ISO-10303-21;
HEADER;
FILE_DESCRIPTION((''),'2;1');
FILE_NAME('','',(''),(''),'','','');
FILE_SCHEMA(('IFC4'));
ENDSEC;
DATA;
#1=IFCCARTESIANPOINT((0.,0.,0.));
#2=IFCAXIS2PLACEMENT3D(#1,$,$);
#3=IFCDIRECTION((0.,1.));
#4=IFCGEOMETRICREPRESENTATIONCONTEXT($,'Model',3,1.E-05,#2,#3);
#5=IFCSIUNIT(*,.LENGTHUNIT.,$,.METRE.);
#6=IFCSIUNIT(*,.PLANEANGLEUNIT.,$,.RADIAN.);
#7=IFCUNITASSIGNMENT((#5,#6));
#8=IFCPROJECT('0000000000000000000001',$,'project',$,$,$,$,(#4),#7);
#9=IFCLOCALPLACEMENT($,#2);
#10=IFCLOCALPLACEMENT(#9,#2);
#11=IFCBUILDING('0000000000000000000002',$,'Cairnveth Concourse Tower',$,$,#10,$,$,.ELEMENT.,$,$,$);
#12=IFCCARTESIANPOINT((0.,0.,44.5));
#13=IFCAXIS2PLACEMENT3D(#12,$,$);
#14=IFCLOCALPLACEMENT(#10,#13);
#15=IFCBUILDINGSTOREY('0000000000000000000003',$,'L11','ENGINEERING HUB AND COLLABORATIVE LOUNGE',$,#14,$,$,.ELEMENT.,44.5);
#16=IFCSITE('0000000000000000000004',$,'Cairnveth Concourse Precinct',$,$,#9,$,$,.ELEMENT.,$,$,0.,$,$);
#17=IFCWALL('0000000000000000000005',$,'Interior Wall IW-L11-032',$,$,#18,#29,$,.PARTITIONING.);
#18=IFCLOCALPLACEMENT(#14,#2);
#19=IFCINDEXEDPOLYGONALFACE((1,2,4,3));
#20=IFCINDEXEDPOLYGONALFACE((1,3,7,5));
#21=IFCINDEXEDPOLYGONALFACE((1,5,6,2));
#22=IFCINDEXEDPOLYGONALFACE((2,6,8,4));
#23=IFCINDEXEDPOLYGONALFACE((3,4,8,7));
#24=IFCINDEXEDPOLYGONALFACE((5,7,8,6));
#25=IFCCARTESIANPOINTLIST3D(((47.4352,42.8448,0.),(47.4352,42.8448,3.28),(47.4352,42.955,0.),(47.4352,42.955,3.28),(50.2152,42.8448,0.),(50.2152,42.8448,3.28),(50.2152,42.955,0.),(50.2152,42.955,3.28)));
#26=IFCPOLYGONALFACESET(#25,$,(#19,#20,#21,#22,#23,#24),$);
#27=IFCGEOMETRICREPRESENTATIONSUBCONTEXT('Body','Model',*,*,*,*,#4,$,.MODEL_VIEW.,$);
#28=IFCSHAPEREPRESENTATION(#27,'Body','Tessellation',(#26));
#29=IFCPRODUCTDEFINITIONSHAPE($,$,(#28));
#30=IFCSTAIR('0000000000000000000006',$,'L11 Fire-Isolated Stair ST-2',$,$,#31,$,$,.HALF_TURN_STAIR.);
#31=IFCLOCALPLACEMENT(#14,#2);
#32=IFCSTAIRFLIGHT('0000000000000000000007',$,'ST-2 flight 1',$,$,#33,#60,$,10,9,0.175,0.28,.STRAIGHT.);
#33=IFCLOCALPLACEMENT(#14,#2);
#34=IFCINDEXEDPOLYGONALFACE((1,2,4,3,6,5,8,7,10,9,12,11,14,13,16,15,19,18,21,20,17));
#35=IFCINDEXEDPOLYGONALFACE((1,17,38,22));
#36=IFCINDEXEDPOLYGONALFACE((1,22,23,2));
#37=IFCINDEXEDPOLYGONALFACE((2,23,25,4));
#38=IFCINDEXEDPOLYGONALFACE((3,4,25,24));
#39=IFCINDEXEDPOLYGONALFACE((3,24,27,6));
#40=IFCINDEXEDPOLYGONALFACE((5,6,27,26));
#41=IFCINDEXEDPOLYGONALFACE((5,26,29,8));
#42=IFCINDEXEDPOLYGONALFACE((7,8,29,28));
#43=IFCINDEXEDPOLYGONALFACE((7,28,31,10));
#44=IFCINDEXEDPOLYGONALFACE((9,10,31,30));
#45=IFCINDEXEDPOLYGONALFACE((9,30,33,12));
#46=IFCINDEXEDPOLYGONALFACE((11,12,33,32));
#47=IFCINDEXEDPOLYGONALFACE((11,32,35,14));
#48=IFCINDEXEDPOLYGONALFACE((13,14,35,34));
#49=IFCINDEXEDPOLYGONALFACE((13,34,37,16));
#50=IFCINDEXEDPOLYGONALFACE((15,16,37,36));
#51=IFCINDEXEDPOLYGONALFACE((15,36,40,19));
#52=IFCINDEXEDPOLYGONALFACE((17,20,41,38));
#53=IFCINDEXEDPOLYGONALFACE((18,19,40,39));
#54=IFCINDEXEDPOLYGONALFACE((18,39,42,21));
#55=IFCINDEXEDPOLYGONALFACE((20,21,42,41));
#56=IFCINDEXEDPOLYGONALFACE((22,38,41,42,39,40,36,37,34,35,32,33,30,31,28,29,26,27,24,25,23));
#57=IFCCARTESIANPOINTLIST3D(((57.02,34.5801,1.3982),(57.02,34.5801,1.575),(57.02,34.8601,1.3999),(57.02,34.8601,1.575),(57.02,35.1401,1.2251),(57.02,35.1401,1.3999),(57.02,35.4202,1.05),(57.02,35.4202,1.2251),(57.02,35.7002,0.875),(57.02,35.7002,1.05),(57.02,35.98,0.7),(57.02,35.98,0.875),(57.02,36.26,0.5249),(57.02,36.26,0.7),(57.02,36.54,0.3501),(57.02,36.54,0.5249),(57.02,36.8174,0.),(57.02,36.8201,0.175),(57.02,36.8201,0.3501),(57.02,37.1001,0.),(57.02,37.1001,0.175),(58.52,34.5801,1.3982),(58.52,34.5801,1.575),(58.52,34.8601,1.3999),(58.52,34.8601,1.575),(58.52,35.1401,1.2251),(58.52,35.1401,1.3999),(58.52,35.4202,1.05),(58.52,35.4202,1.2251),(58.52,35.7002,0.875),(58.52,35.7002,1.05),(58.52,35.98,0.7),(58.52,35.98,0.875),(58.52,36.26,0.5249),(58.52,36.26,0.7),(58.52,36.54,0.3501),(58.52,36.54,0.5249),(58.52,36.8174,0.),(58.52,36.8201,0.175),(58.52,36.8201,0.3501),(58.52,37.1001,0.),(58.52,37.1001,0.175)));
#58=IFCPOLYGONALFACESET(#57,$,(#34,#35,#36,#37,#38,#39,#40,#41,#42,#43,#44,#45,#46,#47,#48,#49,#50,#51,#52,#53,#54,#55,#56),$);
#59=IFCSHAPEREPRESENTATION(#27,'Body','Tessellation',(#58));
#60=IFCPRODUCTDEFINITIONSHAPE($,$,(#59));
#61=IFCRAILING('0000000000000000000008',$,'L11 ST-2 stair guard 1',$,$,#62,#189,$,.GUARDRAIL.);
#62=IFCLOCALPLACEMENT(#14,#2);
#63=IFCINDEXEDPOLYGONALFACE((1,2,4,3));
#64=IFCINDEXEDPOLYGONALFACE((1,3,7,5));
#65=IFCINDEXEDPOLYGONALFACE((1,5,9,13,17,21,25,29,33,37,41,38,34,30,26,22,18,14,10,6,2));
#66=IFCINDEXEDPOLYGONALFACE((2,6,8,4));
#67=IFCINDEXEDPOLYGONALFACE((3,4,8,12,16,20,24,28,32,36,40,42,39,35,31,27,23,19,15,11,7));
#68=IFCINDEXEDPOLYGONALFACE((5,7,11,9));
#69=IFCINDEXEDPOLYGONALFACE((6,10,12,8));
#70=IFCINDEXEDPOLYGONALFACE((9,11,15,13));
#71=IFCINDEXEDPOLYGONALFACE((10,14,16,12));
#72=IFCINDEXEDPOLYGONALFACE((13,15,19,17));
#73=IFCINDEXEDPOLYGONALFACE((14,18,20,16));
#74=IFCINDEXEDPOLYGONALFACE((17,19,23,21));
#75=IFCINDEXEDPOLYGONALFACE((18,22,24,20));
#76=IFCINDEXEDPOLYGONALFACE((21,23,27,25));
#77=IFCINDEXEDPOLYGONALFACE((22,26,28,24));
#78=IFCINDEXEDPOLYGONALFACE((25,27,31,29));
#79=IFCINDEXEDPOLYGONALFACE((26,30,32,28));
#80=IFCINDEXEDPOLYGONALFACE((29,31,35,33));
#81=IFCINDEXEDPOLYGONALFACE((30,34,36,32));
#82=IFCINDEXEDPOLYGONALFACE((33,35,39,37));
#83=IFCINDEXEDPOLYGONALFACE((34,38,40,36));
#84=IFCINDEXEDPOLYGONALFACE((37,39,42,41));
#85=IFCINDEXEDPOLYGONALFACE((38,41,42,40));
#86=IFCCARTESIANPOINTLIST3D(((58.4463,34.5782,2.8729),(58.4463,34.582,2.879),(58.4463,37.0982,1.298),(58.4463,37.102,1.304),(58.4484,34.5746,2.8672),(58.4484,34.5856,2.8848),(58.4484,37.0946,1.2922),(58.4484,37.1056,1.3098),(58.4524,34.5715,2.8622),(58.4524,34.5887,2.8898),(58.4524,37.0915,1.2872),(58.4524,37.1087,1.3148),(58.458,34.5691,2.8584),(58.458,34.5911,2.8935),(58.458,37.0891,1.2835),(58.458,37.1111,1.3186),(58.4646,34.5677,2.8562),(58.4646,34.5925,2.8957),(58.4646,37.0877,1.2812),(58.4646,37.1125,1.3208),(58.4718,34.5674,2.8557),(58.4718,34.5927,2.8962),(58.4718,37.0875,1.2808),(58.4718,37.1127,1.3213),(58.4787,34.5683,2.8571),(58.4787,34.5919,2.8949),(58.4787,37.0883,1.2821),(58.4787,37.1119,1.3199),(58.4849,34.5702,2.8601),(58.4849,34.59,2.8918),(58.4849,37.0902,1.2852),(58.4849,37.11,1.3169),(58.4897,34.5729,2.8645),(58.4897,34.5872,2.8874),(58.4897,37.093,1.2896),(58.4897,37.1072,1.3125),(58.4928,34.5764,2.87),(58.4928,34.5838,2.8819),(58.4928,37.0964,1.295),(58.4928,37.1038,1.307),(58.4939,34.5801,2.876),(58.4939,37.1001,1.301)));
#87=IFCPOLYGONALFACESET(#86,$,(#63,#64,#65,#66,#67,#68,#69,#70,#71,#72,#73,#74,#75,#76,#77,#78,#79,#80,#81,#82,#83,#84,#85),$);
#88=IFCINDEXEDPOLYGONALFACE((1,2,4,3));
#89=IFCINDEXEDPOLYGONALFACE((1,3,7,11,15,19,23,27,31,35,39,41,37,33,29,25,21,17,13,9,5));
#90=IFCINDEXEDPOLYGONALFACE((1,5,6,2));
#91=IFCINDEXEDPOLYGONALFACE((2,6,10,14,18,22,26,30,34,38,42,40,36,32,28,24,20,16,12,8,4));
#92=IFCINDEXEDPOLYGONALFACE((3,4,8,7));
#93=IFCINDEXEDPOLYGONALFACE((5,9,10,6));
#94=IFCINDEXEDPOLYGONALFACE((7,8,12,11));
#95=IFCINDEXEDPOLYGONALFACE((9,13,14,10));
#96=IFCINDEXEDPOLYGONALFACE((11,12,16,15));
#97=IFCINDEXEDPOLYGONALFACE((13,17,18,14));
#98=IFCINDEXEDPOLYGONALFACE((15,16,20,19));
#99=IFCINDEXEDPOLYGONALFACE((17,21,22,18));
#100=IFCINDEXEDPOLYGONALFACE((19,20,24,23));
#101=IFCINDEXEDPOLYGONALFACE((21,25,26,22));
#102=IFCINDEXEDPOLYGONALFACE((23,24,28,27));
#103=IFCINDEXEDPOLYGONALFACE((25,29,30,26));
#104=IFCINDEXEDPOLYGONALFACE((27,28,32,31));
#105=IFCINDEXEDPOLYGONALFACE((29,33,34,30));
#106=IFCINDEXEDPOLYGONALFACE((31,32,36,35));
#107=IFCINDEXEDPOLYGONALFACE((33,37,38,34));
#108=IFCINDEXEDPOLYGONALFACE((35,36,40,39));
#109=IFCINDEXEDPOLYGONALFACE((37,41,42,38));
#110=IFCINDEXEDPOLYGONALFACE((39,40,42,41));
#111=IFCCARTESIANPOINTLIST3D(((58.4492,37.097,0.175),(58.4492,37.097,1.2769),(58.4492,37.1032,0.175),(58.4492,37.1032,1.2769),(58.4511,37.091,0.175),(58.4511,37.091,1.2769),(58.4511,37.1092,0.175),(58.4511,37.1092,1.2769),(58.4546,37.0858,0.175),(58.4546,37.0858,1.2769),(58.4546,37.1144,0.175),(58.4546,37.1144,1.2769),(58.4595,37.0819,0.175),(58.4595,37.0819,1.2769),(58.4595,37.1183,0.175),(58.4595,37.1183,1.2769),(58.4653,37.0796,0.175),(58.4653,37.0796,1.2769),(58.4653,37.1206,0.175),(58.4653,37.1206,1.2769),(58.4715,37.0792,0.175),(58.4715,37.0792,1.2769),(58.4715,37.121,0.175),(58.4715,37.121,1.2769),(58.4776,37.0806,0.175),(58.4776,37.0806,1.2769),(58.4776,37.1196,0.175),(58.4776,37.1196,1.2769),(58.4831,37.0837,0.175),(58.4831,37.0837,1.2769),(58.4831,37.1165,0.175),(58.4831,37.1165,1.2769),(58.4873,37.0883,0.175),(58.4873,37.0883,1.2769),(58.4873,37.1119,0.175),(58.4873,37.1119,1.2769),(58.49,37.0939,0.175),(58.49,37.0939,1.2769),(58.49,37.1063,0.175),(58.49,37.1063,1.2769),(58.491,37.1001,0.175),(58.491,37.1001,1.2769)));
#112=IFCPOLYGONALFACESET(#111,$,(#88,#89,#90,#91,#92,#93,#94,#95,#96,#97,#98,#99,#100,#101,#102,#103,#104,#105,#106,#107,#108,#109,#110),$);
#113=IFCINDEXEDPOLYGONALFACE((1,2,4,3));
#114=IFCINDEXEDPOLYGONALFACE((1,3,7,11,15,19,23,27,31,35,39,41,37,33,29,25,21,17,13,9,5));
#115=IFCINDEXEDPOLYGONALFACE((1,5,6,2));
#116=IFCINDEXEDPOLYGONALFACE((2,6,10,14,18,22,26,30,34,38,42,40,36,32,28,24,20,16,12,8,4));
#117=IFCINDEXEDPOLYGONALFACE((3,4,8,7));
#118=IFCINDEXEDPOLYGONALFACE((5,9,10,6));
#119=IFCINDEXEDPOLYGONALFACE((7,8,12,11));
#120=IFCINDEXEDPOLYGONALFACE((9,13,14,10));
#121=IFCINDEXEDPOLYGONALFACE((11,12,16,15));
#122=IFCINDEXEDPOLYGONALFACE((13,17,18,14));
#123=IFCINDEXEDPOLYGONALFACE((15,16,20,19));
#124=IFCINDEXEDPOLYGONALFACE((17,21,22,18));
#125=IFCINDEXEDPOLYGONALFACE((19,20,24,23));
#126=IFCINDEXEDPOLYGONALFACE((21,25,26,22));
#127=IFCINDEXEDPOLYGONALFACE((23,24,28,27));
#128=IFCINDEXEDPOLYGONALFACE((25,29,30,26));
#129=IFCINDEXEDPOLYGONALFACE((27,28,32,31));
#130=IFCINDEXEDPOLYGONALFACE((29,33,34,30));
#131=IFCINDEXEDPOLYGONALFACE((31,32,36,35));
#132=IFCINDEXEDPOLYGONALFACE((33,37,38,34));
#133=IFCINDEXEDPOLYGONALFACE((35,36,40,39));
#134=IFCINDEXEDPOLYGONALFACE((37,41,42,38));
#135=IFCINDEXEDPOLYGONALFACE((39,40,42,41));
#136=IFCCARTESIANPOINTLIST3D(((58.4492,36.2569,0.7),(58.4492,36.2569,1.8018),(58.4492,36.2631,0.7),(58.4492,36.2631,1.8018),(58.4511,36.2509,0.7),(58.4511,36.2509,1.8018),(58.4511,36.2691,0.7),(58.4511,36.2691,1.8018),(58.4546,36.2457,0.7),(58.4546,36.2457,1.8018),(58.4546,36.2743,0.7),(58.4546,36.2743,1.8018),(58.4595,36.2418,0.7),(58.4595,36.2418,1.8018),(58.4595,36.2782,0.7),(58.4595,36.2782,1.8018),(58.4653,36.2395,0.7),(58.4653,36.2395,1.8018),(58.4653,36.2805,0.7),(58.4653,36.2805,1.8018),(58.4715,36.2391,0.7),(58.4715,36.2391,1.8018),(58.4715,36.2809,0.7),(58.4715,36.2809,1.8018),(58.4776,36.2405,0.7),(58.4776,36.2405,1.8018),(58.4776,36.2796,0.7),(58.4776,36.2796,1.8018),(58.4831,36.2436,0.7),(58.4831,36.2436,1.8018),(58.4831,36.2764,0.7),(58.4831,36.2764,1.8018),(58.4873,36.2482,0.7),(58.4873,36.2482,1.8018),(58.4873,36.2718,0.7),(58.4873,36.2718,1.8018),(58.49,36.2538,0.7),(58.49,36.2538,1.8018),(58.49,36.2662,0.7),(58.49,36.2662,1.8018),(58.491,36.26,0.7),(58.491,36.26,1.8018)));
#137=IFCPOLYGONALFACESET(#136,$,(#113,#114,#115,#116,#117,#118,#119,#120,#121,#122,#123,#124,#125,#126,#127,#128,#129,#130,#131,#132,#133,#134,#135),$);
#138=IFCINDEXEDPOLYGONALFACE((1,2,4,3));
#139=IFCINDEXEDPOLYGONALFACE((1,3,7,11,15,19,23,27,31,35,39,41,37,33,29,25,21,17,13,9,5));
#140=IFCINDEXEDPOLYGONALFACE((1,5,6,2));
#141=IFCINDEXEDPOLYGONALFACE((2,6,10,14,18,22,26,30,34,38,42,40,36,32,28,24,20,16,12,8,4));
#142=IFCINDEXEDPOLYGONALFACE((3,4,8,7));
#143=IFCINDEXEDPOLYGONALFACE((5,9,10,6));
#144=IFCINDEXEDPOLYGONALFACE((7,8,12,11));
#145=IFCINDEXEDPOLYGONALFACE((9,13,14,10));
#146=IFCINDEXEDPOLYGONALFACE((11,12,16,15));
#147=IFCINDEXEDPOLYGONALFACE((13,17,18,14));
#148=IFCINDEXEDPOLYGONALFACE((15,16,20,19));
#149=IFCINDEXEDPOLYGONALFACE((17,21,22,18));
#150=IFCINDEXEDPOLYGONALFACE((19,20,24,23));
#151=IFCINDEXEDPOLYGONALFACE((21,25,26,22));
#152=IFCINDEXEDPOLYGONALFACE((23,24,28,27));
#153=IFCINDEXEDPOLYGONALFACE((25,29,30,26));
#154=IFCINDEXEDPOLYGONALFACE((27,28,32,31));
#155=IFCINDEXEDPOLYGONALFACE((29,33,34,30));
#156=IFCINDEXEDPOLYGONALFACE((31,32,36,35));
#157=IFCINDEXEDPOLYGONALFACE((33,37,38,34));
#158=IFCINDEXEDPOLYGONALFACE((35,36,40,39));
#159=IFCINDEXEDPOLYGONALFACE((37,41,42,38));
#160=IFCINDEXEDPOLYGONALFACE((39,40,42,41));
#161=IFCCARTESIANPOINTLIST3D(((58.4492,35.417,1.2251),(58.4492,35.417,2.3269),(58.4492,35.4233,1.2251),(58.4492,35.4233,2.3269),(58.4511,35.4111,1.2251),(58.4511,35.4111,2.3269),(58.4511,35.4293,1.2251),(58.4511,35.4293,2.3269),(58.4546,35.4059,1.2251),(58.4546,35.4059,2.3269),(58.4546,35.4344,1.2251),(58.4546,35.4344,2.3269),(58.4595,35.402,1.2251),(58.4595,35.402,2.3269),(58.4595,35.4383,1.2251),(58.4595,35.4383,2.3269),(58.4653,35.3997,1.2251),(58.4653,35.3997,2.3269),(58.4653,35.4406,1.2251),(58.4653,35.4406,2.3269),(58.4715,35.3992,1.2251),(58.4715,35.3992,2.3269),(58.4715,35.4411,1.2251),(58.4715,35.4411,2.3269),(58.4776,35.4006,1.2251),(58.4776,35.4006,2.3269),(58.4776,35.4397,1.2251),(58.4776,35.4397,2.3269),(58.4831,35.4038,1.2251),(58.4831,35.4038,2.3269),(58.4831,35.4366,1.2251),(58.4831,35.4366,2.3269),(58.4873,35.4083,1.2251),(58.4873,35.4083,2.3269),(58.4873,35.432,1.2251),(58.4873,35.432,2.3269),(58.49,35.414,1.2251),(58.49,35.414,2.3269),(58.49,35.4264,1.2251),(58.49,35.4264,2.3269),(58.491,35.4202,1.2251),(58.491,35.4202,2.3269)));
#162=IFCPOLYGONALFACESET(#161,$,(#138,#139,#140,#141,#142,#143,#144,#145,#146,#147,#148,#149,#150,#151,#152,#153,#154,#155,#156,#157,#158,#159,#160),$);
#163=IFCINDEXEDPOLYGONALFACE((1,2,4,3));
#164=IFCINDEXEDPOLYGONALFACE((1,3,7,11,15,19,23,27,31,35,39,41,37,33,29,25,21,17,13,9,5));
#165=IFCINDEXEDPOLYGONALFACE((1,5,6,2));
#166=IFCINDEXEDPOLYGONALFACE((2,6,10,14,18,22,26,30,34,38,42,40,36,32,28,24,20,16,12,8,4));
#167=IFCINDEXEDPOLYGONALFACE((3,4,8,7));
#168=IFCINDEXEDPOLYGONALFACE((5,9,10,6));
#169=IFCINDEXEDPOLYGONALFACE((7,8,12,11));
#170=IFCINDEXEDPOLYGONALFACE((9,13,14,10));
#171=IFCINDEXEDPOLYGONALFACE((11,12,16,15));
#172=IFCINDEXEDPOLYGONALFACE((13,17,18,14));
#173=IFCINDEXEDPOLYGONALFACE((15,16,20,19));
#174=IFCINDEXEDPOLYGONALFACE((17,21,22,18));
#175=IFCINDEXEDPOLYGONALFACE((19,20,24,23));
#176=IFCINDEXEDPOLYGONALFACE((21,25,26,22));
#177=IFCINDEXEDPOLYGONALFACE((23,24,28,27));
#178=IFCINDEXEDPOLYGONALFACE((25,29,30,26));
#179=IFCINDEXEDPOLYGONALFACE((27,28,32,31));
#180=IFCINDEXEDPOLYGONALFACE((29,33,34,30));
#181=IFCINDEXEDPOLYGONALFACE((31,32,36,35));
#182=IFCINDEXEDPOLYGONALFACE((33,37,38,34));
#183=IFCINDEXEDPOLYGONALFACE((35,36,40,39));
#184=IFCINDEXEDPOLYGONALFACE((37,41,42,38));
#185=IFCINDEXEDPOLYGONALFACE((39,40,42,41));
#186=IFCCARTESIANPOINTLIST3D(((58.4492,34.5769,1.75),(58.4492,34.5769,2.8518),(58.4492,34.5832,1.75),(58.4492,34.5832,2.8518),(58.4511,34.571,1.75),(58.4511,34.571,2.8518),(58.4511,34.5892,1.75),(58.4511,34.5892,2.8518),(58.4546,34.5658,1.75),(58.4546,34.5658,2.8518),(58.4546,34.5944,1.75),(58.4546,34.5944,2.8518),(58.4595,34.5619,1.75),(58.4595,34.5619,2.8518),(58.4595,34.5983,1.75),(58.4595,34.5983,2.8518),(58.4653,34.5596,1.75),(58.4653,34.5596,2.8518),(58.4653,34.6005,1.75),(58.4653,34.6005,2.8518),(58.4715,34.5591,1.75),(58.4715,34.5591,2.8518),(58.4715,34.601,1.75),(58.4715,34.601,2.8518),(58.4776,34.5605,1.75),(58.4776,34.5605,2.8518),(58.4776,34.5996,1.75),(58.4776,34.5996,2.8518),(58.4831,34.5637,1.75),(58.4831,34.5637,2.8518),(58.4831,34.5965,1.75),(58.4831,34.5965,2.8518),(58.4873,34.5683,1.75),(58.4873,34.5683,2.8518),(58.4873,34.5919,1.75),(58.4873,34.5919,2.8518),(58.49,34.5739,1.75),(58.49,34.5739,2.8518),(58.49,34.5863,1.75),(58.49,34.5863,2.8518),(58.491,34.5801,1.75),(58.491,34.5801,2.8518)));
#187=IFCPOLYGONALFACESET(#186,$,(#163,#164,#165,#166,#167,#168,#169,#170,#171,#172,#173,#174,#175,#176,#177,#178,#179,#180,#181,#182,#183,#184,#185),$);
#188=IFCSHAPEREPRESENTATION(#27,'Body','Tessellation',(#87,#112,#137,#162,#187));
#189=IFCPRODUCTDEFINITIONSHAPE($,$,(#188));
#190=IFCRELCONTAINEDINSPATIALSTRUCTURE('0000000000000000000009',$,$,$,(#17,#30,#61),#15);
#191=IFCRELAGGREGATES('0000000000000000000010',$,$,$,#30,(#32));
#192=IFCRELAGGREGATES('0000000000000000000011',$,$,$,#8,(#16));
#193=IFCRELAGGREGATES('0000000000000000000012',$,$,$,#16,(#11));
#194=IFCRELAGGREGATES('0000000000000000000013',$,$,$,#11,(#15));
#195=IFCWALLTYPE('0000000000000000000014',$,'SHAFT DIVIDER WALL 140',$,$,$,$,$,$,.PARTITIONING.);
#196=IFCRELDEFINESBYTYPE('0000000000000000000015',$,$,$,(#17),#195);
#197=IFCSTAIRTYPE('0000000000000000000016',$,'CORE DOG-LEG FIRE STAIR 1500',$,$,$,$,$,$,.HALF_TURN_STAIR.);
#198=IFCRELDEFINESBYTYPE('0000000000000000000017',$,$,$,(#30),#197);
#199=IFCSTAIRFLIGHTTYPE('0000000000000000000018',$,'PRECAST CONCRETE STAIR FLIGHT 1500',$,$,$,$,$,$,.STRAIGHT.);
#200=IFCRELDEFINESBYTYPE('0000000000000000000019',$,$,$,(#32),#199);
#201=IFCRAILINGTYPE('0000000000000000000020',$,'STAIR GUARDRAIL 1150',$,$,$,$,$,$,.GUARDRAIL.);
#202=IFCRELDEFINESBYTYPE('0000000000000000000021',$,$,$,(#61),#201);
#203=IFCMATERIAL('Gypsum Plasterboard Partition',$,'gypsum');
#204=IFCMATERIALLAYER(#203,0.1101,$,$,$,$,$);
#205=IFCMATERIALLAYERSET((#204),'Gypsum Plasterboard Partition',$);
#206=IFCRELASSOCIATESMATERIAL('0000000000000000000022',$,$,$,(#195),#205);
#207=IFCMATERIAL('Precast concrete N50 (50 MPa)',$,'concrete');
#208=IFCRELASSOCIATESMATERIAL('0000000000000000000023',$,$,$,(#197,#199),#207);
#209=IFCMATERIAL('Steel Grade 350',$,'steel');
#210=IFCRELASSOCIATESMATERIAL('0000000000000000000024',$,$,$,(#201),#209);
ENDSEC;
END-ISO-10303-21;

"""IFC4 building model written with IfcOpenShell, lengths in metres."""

from ifc_helpers import new_model, si_unit, direction, frame, frame_2d, origin, origin_2d, place, context, subcontext, project, spatial, polyline, rectangle, circle, outline, extrude, material, layer, layer_set, type_object, element, aggregate, save


model = new_model("IFC4")

# Units and contexts
model_context = context("Model", 3, precision=1e-05, world=origin(), true_north=direction((0.0, 1.0)))
body_context = subcontext(model_context, "Body", "Model", "MODEL_VIEW")
ifc_project = project(units=[si_unit("LENGTHUNIT", "METRE"), si_unit("PLANEANGLEUNIT", "RADIAN")], contexts=[model_context])

# Site, building, storey
site_placement = place(None, origin())
site = spatial("IfcSite", under=ifc_project, at=site_placement, Name="Cairnveth Concourse Precinct", CompositionType="ELEMENT", RefElevation=0.0)
building_placement = place(site_placement, origin())
building = spatial("IfcBuilding", under=site, at=building_placement, Name="Cairnveth Concourse Tower", CompositionType="ELEMENT")
storey_placement = place(building_placement, frame((0.0, 0.0, 44.5)))
storey = spatial("IfcBuildingStorey", under=building, at=storey_placement, Name="L11", Description="ENGINEERING HUB AND COLLABORATIVE LOUNGE", CompositionType="ELEMENT", Elevation=44.5)

# Shared definitions
ifc_material_1 = material(Name="Steel Grade 350", Category="steel")

# Wall
ifc_material_2 = material(Name="Gypsum Plasterboard Partition", Category="gypsum")
ifc_layer_1 = layer(ifc_material_2, 0.1101)
ifc_layer_set_1 = layer_set([ifc_layer_1], Name="Gypsum Plasterboard Partition")
wall_type_1 = type_object("IfcWallType", Name="SHAFT DIVIDER WALL 140", PredefinedType="PARTITIONING", material=ifc_layer_set_1)
wall_1_placement = place(storey_placement, frame((47.4351, 42.8999, 0.0), z_axis=(0.0, 0.0, 1.0), x_axis=(1.0, 0.0, 0.0)))
element("IfcWall", 1, at=wall_1_placement, inside=storey, type_object=wall_type_1, Name="Interior Wall IW-L11-032", PredefinedType="PARTITIONING", context=body_context, shape_type="SweptSolid", body=[
    extrude(rectangle(XDim=2.78, YDim=0.1101, at=frame_2d((1.3901, 0.0))), origin(), (0.0, 0.0, 1.0), 3.28),
])

# Stair, stair flight
ifc_material_3 = material(Name="Precast concrete N50 (50 MPa)", Category="concrete")
stair_type = type_object("IfcStairType", Name="CORE DOG-LEG FIRE STAIR 1500", PredefinedType="HALF_TURN_STAIR", material=ifc_material_3)
stair_placement = place(storey_placement, origin())
stair = element("IfcStair", 2, at=stair_placement, inside=storey, type_object=stair_type, Name="L11 Fire-Isolated Stair ST-2", PredefinedType="HALF_TURN_STAIR")
stair_flight_type = type_object("IfcStairFlightType", Name="PRECAST CONCRETE STAIR FLIGHT 1500", PredefinedType="STRAIGHT", material=ifc_material_3)
stair_flight_placement = place(storey_placement, frame((57.77, 37.1001, 0.0), z_axis=(0.0, 0.0, 1.0), x_axis=(0.0, -1.0, 0.0)))
stair_flight = element("IfcStairFlight", 3, at=stair_flight_placement, type_object=stair_flight_type, Name="ST-2 flight 1", NumberOfRisers=10, NumberOfTreads=9, PredefinedType="STRAIGHT", RiserHeight=0.175, TreadLength=0.28, context=body_context, shape_type="SweptSolid", body=[
    extrude(outline(polyline([(0.0, 0.0), (0.0, 0.175), (0.28, 0.175), (0.28, 0.3501), (0.5601, 0.3501), (0.5601, 0.5249), (0.8401, 0.5249), (0.8401, 0.7), (1.1201, 0.7), (1.1201, 0.875), (1.3999, 0.875), (1.3999, 1.05), (1.6799, 1.05), (1.6799, 1.2251), (1.96, 1.2251), (1.96, 1.3999), (2.24, 1.3999), (2.24, 1.575), (2.52, 1.575), (2.52, 1.75), (2.52, 1.3982), (0.2827, 0.0), (0.0, 0.0)])), frame((0.0, 0.75, 0.0), z_axis=(0.0, -1.0, 0.0), x_axis=(1.0, 0.0, 0.0)), (0.0, 0.0, 1.0), 1.5),
])
aggregate(stair, [stair_flight])

# Railing
railing_type = type_object("IfcRailingType", Name="STAIR GUARDRAIL 1150", PredefinedType="GUARDRAIL", material=ifc_material_1)
railing_1_placement = place(storey_placement, frame((58.47, 37.1001, 0.175)))
element("IfcRailing", 4, at=railing_1_placement, inside=storey, type_object=railing_type, Name="L11 ST-2 stair guard 1", PredefinedType="GUARDRAIL", context=body_context, shape_type="SweptSolid", body=[
    extrude(circle(Radius=0.0239, at=origin_2d()), frame((0.0, 0.0, 1.126), z_axis=(0.0, -0.848008, 0.529984), x_axis=(1.0, 0.0, 0.0)), (0.0, 0.0, 1.0), 2.9717),
    extrude(circle(Radius=0.021, at=origin_2d()), origin(), (0.0, 0.0, 1.0), 1.1018),
    extrude(circle(Radius=0.021, at=origin_2d()), frame((0.0, -0.8401, 0.5249)), (0.0, 0.0, 1.0), 1.1018),
    extrude(circle(Radius=0.021, at=origin_2d()), frame((0.0, -1.6799, 1.05)), (0.0, 0.0, 1.0), 1.1018),
    extrude(circle(Radius=0.021, at=origin_2d()), frame((0.0, -2.52, 1.575)), (0.0, 0.0, 1.0), 1.1018),
])

save(model, "model.ifc")
